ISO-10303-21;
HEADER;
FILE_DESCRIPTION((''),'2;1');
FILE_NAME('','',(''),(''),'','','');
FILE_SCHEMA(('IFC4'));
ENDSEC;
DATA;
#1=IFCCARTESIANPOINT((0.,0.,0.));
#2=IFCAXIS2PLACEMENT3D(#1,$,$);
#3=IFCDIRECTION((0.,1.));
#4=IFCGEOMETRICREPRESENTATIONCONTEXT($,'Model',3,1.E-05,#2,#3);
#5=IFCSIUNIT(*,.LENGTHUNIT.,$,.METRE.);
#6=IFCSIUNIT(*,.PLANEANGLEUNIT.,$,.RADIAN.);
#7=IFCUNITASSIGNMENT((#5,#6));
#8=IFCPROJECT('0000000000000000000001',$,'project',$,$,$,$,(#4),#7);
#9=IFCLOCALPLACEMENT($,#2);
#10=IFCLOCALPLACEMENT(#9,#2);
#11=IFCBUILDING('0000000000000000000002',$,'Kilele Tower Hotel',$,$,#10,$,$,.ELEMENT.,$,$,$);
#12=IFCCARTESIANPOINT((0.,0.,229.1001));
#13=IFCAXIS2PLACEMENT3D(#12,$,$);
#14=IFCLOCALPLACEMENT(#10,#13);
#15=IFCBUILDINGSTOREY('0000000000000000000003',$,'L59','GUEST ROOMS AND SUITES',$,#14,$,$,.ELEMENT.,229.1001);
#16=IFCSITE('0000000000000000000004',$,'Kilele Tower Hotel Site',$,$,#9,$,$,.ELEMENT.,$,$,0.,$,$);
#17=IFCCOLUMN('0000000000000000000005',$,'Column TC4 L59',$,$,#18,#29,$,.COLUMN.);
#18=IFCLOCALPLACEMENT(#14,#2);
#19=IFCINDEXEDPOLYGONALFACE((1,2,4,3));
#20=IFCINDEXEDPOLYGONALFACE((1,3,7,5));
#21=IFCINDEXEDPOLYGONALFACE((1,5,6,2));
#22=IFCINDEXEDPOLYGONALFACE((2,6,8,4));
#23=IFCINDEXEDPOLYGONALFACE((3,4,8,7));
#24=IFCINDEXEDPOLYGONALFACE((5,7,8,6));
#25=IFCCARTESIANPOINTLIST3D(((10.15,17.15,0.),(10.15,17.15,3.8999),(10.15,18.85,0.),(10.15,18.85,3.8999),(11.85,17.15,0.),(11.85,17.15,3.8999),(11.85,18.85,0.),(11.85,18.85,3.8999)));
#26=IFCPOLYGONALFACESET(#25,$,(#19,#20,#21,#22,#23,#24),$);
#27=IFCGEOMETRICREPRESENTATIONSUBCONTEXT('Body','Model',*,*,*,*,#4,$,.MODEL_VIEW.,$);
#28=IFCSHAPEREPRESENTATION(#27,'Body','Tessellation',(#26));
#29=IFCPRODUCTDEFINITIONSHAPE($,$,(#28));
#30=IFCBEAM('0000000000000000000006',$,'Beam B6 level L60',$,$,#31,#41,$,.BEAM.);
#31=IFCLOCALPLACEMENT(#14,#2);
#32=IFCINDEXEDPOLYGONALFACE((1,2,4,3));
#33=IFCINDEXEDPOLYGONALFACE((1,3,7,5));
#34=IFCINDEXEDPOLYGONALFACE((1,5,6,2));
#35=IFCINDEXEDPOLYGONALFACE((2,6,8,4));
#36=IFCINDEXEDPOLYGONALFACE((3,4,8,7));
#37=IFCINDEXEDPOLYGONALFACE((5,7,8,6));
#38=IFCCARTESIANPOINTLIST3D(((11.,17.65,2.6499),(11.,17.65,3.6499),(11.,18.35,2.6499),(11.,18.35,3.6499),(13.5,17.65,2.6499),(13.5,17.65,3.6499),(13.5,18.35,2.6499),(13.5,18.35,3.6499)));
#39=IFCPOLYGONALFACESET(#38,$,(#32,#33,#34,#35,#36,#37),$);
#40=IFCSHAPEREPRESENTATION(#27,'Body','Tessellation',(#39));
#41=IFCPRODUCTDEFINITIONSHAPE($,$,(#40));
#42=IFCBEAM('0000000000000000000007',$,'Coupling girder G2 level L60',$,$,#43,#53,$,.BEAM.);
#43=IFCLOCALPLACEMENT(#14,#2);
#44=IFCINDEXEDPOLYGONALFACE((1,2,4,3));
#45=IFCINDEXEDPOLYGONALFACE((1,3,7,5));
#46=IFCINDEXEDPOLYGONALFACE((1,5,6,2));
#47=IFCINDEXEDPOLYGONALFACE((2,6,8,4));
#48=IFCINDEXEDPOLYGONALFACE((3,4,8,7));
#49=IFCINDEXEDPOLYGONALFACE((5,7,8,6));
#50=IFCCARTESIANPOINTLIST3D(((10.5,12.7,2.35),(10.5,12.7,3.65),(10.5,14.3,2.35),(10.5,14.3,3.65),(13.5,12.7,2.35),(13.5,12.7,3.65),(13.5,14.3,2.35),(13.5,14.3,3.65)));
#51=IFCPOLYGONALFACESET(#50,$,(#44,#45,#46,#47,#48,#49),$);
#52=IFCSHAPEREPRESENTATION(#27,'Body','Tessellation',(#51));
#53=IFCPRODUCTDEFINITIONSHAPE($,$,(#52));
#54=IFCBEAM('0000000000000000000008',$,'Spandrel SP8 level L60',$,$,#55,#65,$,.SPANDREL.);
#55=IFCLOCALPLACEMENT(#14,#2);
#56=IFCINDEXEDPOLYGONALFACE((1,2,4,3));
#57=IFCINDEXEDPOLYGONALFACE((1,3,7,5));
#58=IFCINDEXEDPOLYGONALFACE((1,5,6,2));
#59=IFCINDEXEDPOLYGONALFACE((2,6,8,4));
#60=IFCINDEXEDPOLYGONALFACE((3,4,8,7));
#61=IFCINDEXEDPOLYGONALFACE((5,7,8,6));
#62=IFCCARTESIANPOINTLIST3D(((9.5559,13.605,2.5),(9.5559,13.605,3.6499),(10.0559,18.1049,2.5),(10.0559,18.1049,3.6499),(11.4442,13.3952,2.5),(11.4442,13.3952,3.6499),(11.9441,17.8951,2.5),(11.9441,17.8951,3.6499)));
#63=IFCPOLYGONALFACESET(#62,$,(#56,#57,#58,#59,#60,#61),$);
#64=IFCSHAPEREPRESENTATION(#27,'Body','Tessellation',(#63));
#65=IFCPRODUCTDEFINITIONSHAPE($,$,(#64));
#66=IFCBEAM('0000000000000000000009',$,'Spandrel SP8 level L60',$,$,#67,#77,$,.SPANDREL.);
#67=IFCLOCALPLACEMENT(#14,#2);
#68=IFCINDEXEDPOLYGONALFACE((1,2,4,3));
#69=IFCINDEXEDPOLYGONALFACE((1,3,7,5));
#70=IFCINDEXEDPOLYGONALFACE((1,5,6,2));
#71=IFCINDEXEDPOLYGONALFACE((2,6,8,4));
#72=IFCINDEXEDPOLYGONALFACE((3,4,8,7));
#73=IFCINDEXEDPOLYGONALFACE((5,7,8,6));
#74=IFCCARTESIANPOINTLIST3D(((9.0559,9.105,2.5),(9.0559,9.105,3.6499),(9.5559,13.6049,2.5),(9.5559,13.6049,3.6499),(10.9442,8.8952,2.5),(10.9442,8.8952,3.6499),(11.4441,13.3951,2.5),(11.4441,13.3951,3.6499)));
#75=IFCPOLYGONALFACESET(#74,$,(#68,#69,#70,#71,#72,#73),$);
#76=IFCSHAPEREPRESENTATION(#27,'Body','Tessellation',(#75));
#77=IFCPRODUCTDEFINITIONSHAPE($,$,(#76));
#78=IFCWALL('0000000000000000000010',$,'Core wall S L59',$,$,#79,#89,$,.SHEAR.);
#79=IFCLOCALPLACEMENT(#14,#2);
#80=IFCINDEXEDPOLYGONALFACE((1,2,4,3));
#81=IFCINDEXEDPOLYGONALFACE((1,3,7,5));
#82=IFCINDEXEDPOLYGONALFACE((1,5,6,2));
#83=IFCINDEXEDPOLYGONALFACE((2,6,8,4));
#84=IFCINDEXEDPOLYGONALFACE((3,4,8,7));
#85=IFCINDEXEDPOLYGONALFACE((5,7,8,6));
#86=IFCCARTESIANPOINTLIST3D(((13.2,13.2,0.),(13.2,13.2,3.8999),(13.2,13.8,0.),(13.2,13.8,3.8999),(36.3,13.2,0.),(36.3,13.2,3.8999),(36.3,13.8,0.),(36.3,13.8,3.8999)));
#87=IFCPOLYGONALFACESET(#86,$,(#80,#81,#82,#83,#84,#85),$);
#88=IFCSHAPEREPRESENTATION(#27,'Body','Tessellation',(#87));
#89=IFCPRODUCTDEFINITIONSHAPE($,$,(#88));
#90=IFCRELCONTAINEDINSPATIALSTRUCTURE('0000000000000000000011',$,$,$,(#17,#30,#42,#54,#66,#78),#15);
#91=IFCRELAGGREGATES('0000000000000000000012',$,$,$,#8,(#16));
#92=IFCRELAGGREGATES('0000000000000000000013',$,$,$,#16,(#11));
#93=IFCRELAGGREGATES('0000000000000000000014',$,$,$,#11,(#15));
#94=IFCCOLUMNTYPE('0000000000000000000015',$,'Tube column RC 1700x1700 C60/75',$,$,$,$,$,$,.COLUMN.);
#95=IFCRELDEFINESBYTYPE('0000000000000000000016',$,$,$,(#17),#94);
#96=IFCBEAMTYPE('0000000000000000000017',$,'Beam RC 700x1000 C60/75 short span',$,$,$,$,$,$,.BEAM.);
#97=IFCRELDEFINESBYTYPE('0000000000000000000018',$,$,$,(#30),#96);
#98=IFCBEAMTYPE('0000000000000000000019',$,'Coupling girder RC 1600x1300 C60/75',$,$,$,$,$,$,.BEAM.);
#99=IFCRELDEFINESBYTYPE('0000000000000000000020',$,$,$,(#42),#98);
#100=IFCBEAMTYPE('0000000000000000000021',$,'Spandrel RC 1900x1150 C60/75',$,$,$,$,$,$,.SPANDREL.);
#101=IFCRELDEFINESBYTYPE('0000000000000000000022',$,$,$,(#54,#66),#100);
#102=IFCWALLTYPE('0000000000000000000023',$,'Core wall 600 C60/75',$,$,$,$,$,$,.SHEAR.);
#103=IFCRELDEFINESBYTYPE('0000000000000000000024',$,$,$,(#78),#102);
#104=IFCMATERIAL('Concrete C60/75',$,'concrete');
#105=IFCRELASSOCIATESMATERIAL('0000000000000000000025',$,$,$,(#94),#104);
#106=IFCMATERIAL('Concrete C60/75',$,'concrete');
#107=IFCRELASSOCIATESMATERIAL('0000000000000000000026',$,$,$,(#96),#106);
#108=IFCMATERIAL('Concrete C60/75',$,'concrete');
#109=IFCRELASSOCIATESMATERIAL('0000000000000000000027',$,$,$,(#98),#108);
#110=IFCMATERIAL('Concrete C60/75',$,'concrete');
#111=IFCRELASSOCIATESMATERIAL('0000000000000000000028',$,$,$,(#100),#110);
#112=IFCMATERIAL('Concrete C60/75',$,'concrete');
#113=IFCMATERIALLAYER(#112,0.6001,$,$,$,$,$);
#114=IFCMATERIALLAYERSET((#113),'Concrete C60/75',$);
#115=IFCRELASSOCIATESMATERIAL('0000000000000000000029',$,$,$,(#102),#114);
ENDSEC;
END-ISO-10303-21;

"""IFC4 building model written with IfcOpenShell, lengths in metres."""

from ifc_helpers import new_model, si_unit, direction, frame, frame_2d, origin, origin_2d, place, context, subcontext, project, spatial, rectangle, extrude, material, layer, layer_set, material_profile, profile_set, type_object, element, save


model = new_model("IFC4")

# Units and contexts
model_context = context("Model", 3, precision=1e-05, world=origin(), true_north=direction((0.0, 1.0)))
body_context = subcontext(model_context, "Body", "Model", "MODEL_VIEW")
ifc_project = project(units=[si_unit("LENGTHUNIT", "METRE"), si_unit("PLANEANGLEUNIT", "RADIAN")], contexts=[model_context])

# Site, building, storey
site_placement = place(None, origin())
site = spatial("IfcSite", under=ifc_project, at=site_placement, Name="Kilele Tower Hotel Site", CompositionType="ELEMENT", RefElevation=0.0)
building_placement = place(site_placement, origin())
building = spatial("IfcBuilding", under=site, at=building_placement, Name="Kilele Tower Hotel", CompositionType="ELEMENT")
storey_placement = place(building_placement, frame((0.0, 0.0, 229.1001)))
storey = spatial("IfcBuildingStorey", under=building, at=storey_placement, Name="L59", Description="GUEST ROOMS AND SUITES", CompositionType="ELEMENT", Elevation=229.1001)

# Column
ifc_material_1 = material(Name="Concrete C60/75", Category="concrete")
ifc_material_profile_1 = material_profile(ifc_material_1, rectangle(XDim=1.7, YDim=1.7, at=origin_2d()))
ifc_profile_set_1 = profile_set([ifc_material_profile_1], Name="Concrete C60/75")
column_type = type_object("IfcColumnType", Name="Tube column RC 1700x1700 C60/75", PredefinedType="COLUMN", material=ifc_profile_set_1)
column_placement = place(storey_placement, frame((11.0, 18.0, 0.0), z_axis=(0.0, 0.0, 1.0), x_axis=(1.0, 0.0, 0.0)))
element("IfcColumn", 1, at=column_placement, inside=storey, type_object=column_type, Name="Column TC4 L59", PredefinedType="COLUMN", context=body_context, shape_type="SweptSolid", body=[
    extrude(rectangle(XDim=1.7, YDim=1.7, at=origin_2d()), origin(), (0.0, 0.0, 1.0), 3.8999),
])

# Beams
ifc_material_2 = material(Name="Concrete C60/75", Category="concrete")
ifc_material_profile_2 = material_profile(ifc_material_2, rectangle(XDim=0.7, YDim=1.0, at=origin_2d()))
ifc_profile_set_2 = profile_set([ifc_material_profile_2], Name="Concrete C60/75")
beam_type_1 = type_object("IfcBeamType", Name="Beam RC 700x1000 C60/75 short span", PredefinedType="BEAM", material=ifc_profile_set_2)
beam_1_placement = place(storey_placement, frame((11.0, 18.0, 3.1499), z_axis=(1.0, 0.0, 0.0), x_axis=(0.0, 1.0, 0.0)))
element("IfcBeam", 2, at=beam_1_placement, inside=storey, type_object=beam_type_1, Name="Beam B6 level L60", PredefinedType="BEAM", context=body_context, shape_type="SweptSolid", body=[
    extrude(rectangle(XDim=0.7, YDim=1.0, at=origin_2d()), origin(), (0.0, 0.0, 1.0), 2.5),
])
ifc_material_3 = material(Name="Concrete C60/75", Category="concrete")
ifc_material_profile_3 = material_profile(ifc_material_3, rectangle(XDim=1.6001, YDim=1.3, at=origin_2d()))
ifc_profile_set_3 = profile_set([ifc_material_profile_3], Name="Concrete C60/75")
beam_type_2 = type_object("IfcBeamType", Name="Coupling girder RC 1600x1300 C60/75", PredefinedType="BEAM", material=ifc_profile_set_3)
beam_2_placement = place(storey_placement, frame((10.5, 13.5, 3.0), z_axis=(1.0, 0.0, 0.0), x_axis=(0.0, 1.0, 0.0)))
element("IfcBeam", 3, at=beam_2_placement, inside=storey, type_object=beam_type_2, Name="Coupling girder G2 level L60", PredefinedType="BEAM", context=body_context, shape_type="SweptSolid", body=[
    extrude(rectangle(XDim=1.6001, YDim=1.3, at=origin_2d()), origin(), (0.0, 0.0, 1.0), 3.0),
])
ifc_material_4 = material(Name="Concrete C60/75", Category="concrete")
ifc_material_profile_4 = material_profile(ifc_material_4, rectangle(XDim=1.8999, YDim=1.1499, at=origin_2d()))
ifc_profile_set_4 = profile_set([ifc_material_profile_4], Name="Concrete C60/75")
beam_type_3 = type_object("IfcBeamType", Name="Spandrel RC 1900x1150 C60/75", PredefinedType="SPANDREL", material=ifc_profile_set_4)
for number, where, z_axis, x_axis, name in (
    (4, (11.0, 18.0, 3.075), (-0.110432, -0.993884, 0.0), (0.993884, -0.110432, 0.0), "Spandrel SP8 level L60"),
    (5, (10.5, 13.5, 3.075), (-0.110432, -0.993884, 0.0), (0.993884, -0.110432, 0.0), "Spandrel SP8 level L60"),
):
    element("IfcBeam", number, at=place(storey_placement, frame(where, z_axis=z_axis, x_axis=x_axis)), inside=storey, type_object=beam_type_3, Name=name, PredefinedType="SPANDREL", context=body_context, shape_type="SweptSolid", body=[
        extrude(rectangle(XDim=1.8999, YDim=1.1499, at=origin_2d()), origin(), (0.0, 0.0, 1.0), 4.5276),
    ])

# Wall
ifc_material_5 = material(Name="Concrete C60/75", Category="concrete")
ifc_layer = layer(ifc_material_5, 0.6001)
ifc_layer_set = layer_set([ifc_layer], Name="Concrete C60/75")
wall_type = type_object("IfcWallType", Name="Core wall 600 C60/75", PredefinedType="SHEAR", material=ifc_layer_set)
wall_placement = place(storey_placement, frame((13.2, 13.5, 0.0), z_axis=(0.0, 0.0, 1.0), x_axis=(1.0, 0.0, 0.0)))
element("IfcWall", 6, at=wall_placement, inside=storey, type_object=wall_type, Name="Core wall S L59", PredefinedType="SHEAR", context=body_context, shape_type="SweptSolid", body=[
    extrude(rectangle(XDim=23.1001, YDim=0.6001, at=frame_2d((11.55, 0.0))), origin(), (0.0, 0.0, 1.0), 3.8999),
])

save(model, "model.ifc")
